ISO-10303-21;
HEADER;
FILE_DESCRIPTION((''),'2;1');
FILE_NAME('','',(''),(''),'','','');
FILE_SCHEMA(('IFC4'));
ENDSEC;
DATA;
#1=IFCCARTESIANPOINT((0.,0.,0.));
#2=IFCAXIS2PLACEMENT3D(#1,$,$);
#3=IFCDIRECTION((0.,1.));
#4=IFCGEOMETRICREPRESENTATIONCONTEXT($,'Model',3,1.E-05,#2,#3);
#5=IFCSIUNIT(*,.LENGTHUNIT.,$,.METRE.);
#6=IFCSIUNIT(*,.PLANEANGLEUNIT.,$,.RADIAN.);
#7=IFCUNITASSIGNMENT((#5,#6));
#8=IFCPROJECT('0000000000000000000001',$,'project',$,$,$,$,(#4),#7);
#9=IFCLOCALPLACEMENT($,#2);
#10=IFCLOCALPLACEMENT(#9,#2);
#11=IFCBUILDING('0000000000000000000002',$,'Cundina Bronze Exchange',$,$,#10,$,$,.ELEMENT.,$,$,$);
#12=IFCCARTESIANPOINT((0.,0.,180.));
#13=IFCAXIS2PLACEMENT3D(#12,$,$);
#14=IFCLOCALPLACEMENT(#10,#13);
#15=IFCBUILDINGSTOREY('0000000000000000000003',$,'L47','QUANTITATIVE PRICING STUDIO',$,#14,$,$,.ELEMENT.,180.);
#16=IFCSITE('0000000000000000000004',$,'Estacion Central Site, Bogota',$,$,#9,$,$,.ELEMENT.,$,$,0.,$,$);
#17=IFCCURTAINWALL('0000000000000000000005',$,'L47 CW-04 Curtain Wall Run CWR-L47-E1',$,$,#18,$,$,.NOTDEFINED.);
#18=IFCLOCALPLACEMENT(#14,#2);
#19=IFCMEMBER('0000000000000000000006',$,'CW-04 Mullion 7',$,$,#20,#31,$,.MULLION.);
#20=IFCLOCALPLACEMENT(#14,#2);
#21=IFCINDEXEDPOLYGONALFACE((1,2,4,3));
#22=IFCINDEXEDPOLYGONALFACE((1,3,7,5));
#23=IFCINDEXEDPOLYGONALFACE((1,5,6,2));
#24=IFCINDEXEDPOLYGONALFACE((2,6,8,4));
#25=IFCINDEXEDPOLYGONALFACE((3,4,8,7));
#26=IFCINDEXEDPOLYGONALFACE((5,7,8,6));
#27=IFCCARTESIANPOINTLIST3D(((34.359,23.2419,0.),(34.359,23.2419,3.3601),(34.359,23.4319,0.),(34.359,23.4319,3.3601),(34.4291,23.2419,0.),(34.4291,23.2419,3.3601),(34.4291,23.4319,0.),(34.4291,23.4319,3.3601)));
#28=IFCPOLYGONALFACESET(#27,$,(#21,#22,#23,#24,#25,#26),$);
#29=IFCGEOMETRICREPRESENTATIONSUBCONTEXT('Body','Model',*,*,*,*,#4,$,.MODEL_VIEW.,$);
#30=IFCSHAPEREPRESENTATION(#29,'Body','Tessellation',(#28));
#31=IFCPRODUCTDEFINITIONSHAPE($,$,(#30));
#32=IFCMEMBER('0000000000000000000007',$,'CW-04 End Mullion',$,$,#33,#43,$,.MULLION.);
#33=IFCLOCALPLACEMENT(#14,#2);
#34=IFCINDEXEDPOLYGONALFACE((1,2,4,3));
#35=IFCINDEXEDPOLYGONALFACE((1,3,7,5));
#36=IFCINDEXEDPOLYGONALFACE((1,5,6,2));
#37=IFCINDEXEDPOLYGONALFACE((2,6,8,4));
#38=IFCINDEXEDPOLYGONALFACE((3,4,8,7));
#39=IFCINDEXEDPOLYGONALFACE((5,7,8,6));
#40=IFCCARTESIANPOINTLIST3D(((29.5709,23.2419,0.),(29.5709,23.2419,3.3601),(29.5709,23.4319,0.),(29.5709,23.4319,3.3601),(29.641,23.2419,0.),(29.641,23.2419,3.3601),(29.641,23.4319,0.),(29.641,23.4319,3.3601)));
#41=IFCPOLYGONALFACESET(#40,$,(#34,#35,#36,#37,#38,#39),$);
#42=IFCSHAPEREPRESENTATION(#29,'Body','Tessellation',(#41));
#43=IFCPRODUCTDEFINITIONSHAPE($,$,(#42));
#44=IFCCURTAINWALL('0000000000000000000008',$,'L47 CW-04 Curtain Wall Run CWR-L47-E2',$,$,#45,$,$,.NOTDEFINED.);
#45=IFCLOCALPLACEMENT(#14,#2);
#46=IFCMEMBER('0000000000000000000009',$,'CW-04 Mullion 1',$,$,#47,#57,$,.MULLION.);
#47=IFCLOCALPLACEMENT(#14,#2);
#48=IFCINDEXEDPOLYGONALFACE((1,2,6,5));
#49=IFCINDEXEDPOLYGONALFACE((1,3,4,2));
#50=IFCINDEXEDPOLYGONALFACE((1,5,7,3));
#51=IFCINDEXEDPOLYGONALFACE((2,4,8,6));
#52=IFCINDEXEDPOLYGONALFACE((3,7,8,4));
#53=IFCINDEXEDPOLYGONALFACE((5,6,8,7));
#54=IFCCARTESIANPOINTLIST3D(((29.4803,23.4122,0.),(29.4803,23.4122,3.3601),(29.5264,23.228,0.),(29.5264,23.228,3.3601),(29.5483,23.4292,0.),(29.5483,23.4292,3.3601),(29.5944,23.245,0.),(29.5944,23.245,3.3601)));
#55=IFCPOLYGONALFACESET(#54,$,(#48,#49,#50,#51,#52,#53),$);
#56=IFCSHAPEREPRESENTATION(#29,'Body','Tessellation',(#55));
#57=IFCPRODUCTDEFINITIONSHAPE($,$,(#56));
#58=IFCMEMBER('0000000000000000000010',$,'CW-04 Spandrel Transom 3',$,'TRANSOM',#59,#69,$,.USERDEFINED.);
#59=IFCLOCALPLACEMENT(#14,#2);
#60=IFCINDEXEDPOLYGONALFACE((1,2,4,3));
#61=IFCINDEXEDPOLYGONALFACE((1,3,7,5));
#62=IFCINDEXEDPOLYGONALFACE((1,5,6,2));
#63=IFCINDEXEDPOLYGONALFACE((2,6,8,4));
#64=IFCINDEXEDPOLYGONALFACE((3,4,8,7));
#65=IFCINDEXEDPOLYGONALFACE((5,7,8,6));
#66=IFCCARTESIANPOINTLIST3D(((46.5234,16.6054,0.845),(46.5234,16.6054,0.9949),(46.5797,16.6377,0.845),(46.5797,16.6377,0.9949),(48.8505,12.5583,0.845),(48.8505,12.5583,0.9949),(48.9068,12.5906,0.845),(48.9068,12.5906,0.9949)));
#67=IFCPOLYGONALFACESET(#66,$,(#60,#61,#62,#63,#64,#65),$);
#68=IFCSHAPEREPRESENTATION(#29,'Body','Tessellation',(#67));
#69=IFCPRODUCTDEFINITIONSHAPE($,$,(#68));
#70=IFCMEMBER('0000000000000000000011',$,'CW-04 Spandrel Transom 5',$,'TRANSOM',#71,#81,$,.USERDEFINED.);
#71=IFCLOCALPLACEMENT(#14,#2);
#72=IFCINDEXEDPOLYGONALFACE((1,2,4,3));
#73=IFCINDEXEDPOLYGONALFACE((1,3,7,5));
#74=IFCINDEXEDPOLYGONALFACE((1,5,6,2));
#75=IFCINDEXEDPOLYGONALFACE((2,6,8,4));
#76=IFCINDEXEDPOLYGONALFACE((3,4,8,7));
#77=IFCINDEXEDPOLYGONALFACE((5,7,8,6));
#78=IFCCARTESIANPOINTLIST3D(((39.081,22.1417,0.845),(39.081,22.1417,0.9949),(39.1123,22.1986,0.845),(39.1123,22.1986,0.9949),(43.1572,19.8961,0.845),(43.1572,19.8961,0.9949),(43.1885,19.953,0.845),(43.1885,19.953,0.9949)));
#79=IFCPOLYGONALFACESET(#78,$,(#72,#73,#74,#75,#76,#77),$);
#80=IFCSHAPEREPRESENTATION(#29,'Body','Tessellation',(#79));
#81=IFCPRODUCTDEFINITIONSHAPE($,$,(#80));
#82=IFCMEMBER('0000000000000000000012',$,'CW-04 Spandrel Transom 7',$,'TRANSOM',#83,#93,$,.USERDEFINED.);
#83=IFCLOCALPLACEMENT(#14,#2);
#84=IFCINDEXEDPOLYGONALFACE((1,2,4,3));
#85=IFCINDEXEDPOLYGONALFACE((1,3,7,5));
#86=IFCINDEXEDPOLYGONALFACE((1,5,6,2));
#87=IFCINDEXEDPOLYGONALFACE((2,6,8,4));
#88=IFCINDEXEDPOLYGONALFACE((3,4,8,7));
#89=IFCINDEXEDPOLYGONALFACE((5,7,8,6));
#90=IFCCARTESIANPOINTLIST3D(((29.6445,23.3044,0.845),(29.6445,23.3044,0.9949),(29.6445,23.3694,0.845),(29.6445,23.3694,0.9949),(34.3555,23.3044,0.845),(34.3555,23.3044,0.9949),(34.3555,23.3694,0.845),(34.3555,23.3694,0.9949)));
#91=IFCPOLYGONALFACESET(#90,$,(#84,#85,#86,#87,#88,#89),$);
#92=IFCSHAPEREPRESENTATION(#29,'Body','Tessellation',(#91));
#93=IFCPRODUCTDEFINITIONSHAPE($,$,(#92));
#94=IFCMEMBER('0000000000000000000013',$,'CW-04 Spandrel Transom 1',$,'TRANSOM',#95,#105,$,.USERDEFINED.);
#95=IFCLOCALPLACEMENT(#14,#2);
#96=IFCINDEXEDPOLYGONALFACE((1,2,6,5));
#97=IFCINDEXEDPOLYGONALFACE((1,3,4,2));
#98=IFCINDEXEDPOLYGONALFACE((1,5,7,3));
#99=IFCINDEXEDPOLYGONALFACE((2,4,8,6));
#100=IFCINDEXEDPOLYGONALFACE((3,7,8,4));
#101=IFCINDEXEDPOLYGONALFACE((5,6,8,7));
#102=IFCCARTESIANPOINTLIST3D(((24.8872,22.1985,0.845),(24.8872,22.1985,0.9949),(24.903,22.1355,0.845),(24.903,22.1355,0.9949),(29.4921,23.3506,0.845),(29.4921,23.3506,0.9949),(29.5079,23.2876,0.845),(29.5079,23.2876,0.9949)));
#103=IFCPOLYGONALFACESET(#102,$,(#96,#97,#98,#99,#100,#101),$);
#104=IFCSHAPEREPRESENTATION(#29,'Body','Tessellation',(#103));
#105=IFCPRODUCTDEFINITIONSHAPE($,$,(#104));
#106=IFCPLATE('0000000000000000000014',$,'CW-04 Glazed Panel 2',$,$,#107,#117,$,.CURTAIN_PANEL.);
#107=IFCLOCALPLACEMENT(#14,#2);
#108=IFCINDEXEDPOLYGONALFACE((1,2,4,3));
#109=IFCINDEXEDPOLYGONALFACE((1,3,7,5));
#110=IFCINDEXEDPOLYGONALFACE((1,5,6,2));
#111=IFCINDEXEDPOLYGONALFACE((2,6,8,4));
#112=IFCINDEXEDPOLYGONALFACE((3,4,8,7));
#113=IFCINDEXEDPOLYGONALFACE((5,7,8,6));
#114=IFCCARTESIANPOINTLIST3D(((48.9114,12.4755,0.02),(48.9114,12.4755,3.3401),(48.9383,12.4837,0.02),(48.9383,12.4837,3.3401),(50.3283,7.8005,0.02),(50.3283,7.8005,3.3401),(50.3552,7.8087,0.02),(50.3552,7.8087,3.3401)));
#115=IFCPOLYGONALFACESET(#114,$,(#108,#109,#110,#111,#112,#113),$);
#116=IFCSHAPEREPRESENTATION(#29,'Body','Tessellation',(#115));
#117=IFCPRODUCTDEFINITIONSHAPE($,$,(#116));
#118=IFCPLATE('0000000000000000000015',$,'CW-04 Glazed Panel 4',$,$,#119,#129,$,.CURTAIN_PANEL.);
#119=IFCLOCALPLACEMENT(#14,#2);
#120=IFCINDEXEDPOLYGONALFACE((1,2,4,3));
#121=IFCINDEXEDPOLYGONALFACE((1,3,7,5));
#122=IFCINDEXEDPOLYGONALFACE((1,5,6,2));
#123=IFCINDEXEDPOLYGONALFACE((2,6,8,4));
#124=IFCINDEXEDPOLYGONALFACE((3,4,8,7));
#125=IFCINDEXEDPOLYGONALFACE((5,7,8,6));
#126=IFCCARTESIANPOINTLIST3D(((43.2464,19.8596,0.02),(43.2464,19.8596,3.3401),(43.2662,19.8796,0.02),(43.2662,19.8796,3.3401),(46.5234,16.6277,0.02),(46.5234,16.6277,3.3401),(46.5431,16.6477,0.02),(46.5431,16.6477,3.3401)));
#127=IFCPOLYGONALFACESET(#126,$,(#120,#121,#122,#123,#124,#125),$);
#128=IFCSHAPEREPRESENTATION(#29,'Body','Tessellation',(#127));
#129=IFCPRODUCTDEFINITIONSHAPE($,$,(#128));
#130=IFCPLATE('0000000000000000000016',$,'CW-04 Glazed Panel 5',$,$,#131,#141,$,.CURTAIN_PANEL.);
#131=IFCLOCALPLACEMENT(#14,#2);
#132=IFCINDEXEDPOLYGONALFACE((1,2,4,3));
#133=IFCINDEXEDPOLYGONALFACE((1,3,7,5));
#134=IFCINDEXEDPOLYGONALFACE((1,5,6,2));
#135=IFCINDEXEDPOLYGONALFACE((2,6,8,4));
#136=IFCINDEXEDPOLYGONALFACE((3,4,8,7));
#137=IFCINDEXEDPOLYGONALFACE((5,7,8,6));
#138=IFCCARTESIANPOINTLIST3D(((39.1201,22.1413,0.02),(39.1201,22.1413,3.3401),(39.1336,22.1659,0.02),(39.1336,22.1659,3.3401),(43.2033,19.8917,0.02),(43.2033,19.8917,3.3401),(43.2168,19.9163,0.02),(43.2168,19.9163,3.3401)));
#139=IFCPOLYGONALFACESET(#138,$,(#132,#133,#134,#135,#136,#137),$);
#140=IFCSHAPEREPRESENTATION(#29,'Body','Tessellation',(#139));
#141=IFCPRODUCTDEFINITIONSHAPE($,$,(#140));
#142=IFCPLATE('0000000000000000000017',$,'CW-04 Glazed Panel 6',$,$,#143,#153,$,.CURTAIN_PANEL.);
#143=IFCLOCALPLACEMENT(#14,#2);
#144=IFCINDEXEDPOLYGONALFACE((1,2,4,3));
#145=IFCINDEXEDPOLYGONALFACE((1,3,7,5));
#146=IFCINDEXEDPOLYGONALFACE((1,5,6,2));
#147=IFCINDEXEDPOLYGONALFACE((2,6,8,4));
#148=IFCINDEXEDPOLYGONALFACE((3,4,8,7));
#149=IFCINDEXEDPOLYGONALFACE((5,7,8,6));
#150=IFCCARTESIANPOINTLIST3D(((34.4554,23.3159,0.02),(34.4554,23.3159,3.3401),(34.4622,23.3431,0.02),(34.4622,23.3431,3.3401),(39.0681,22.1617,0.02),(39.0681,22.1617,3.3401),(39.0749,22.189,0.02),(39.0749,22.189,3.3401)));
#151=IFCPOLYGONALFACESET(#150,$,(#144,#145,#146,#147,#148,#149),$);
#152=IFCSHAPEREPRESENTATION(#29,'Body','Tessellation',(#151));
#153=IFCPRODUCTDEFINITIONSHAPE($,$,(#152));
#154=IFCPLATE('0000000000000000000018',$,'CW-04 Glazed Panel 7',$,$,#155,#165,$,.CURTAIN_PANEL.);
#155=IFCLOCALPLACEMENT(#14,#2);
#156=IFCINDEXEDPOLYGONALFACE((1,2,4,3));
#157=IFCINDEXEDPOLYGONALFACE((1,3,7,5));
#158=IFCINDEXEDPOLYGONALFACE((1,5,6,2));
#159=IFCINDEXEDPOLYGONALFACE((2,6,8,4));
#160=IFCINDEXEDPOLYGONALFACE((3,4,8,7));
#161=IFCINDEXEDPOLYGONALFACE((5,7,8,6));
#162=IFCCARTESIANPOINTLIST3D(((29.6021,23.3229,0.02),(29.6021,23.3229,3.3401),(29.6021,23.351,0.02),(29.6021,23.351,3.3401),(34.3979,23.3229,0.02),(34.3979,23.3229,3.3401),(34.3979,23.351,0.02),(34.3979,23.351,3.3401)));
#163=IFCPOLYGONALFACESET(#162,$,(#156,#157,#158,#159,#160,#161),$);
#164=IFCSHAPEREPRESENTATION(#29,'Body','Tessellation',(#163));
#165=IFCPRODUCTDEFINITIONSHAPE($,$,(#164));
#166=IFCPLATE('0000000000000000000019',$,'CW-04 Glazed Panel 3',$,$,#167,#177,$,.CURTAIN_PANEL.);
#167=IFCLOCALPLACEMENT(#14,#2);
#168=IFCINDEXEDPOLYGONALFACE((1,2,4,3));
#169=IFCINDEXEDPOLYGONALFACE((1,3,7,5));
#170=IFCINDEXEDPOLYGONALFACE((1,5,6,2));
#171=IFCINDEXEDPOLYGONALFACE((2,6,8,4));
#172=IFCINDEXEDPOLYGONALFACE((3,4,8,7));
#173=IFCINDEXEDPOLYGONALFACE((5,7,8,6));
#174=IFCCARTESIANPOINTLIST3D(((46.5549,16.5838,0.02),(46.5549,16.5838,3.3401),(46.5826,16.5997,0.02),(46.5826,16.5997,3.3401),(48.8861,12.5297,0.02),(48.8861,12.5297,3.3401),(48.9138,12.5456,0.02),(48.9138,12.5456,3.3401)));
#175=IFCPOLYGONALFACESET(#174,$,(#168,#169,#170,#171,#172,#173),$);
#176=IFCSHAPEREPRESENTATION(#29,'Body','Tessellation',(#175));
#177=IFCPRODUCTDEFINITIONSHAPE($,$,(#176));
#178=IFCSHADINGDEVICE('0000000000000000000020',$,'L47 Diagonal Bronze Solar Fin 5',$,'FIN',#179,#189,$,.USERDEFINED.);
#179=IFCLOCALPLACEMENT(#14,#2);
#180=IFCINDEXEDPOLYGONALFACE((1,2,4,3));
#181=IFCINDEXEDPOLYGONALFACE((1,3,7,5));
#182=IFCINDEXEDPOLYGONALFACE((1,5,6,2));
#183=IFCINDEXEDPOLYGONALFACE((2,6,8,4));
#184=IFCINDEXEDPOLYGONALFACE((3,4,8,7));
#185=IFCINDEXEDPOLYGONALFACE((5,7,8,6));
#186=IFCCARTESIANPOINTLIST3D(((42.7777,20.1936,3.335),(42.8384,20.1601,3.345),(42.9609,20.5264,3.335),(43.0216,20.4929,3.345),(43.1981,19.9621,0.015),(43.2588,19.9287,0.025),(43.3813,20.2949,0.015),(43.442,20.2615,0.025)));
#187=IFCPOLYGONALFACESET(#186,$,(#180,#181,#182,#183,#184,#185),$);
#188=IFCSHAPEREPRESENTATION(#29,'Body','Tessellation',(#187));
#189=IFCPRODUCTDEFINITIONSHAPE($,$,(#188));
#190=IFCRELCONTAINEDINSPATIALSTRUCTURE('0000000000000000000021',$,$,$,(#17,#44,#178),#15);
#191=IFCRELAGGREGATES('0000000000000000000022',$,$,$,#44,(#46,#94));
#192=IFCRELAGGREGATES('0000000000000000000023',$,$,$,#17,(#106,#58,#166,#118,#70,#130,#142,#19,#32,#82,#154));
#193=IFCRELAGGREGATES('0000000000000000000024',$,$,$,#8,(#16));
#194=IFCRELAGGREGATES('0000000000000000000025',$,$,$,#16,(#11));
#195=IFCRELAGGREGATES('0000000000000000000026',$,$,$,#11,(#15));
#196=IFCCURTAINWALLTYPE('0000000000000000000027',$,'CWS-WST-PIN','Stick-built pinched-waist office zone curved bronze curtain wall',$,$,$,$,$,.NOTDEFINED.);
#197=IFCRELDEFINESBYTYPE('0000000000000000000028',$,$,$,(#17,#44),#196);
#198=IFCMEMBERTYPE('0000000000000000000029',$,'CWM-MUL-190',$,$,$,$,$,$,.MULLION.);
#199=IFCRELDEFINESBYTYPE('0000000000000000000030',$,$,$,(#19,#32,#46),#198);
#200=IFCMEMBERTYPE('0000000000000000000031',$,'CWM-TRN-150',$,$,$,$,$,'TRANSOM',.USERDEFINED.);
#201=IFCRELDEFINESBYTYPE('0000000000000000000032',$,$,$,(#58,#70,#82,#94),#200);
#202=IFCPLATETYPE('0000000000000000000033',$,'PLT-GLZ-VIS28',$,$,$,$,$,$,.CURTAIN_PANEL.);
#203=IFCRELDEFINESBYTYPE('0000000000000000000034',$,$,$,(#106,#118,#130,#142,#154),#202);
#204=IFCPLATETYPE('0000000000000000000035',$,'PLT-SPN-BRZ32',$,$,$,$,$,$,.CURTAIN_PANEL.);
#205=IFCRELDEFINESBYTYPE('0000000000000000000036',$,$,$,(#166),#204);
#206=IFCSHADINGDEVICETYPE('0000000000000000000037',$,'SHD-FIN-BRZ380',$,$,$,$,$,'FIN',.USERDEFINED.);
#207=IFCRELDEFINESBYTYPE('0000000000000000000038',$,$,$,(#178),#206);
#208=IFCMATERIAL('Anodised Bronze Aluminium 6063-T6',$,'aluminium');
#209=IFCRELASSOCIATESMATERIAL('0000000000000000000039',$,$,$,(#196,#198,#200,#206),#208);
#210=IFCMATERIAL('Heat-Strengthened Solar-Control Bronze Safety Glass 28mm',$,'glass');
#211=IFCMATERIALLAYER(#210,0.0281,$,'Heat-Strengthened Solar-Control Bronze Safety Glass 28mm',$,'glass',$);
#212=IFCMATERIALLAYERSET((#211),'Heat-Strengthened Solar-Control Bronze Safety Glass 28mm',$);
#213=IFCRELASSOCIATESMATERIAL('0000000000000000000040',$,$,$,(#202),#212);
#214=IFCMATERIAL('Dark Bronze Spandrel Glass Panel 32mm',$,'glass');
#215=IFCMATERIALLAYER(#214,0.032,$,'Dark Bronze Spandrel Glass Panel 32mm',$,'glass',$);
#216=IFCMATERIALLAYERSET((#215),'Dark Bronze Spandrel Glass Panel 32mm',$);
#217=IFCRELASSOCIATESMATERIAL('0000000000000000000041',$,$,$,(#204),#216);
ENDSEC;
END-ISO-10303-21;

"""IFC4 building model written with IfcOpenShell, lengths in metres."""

from ifc_helpers import new_model, si_unit, direction, frame, origin, origin_2d, place, context, subcontext, project, spatial, rectangle, extrude, material, layer, layer_set, material_profile, profile_set, type_object, element, aggregate, save


model = new_model("IFC4")

# Units and contexts
model_context = context("Model", 3, precision=1e-05, world=origin(), true_north=direction((0.0, 1.0)))
body_context = subcontext(model_context, "Body", "Model", "MODEL_VIEW")
ifc_project = project(units=[si_unit("LENGTHUNIT", "METRE"), si_unit("PLANEANGLEUNIT", "RADIAN")], contexts=[model_context])

# Site, building, storey
site_placement = place(None, origin())
site = spatial("IfcSite", under=ifc_project, at=site_placement, Name="Estacion Central Site, Bogota", CompositionType="ELEMENT", RefElevation=0.0)
building_placement = place(site_placement, origin())
building = spatial("IfcBuilding", under=site, at=building_placement, Name="Cundina Bronze Exchange", CompositionType="ELEMENT")
storey_placement = place(building_placement, frame((0.0, 0.0, 180.0)))
storey = spatial("IfcBuildingStorey", under=building, at=storey_placement, Name="L47", Description="QUANTITATIVE PRICING STUDIO", CompositionType="ELEMENT", Elevation=180.0)

# Curtain wall, members
ifc_material_1 = material(Name="Anodised Bronze Aluminium 6063-T6", Category="aluminium")
curtain_wall_type = type_object("IfcCurtainWallType", Name="CWS-WST-PIN", Description="Stick-built pinched-waist office zone curved bronze curtain wall", PredefinedType="NOTDEFINED", material=ifc_material_1)
curtain_wall_1_placement = place(storey_placement, origin())
curtain_wall_1 = element("IfcCurtainWall", 1, at=curtain_wall_1_placement, inside=storey, type_object=curtain_wall_type, Name="L47 CW-04 Curtain Wall Run CWR-L47-E1", PredefinedType="NOTDEFINED")
ifc_material_profile_1 = material_profile(ifc_material_1, rectangle(XDim=0.0701, YDim=0.1899, at=origin_2d()), Name="AL70X190", Category="aluminium")
ifc_profile_set_1 = profile_set([ifc_material_profile_1], Name="Anodised Bronze Aluminium 6063-T6")
member_type_1 = type_object("IfcMemberType", Name="CWM-MUL-190", PredefinedType="MULLION", material=ifc_profile_set_1)
member_1_placement = place(storey_placement, frame((34.394, 23.3369, 0.0), z_axis=(0.0, 0.0, 1.0), x_axis=(-1.0, 0.0, 0.0)))
member_1 = element("IfcMember", 2, at=member_1_placement, type_object=member_type_1, Name="CW-04 Mullion 7", PredefinedType="MULLION", context=body_context, shape_type="SweptSolid", body=[
    extrude(rectangle(XDim=0.0701, YDim=0.1899, at=origin_2d()), origin(), (0.0, 0.0, 1.0), 3.3601),
])
member_2_placement = place(storey_placement, frame((29.606, 23.3369, 0.0), z_axis=(0.0, 0.0, 1.0), x_axis=(-1.0, 0.0, 0.0)))
member_2 = element("IfcMember", 3, at=member_2_placement, type_object=member_type_1, Name="CW-04 End Mullion", PredefinedType="MULLION", context=body_context, shape_type="SweptSolid", body=[
    extrude(rectangle(XDim=0.0701, YDim=0.1899, at=origin_2d()), origin(), (0.0, 0.0, 1.0), 3.3601),
])

# Curtain wall, member
curtain_wall_2_placement = place(storey_placement, origin())
curtain_wall_2 = element("IfcCurtainWall", 4, at=curtain_wall_2_placement, inside=storey, type_object=curtain_wall_type, Name="L47 CW-04 Curtain Wall Run CWR-L47-E2", PredefinedType="NOTDEFINED")
member_3_placement = place(storey_placement, frame((29.5374, 23.3286, 0.0), z_axis=(0.0, 0.0, 1.0), x_axis=(-0.970084, -0.242769, 0.0)))
member_3 = element("IfcMember", 5, at=member_3_placement, type_object=member_type_1, Name="CW-04 Mullion 1", PredefinedType="MULLION", context=body_context, shape_type="SweptSolid", body=[
    extrude(rectangle(XDim=0.0701, YDim=0.1899, at=origin_2d()), origin(), (0.0, 0.0, 1.0), 3.3601),
])

# Members
ifc_material_profile_2 = material_profile(ifc_material_1, rectangle(XDim=0.0649, YDim=0.1499, at=origin_2d()), Name="AL65X150", Category="aluminium")
ifc_profile_set_2 = profile_set([ifc_material_profile_2], Name="Anodised Bronze Aluminium 6063-T6")
member_type_2 = type_object("IfcMemberType", Name="CWM-TRN-150", ElementType="TRANSOM", PredefinedType="USERDEFINED", material=ifc_profile_set_2)
member_4_placement = place(storey_placement, frame((48.8787, 12.5745, 0.9199), z_axis=(-0.49848, 0.866901, 0.0), x_axis=(-0.866901, -0.49848, 0.0)))
member_4 = element("IfcMember", 6, at=member_4_placement, type_object=member_type_2, Name="CW-04 Spandrel Transom 3", ObjectType="TRANSOM", PredefinedType="USERDEFINED", context=body_context, shape_type="SweptSolid", body=[
    extrude(rectangle(XDim=0.0649, YDim=0.1499, at=origin_2d()), origin(), (0.0, 0.0, 1.0), 4.6685),
])
member_5_placement = place(storey_placement, frame((43.1729, 19.9246, 0.9199), z_axis=(-0.875879, 0.482531, 0.0), x_axis=(-0.482531, -0.875879, 0.0)))
member_5 = element("IfcMember", 7, at=member_5_placement, type_object=member_type_2, Name="CW-04 Spandrel Transom 5", ObjectType="TRANSOM", PredefinedType="USERDEFINED", context=body_context, shape_type="SweptSolid", body=[
    extrude(rectangle(XDim=0.0649, YDim=0.1499, at=origin_2d()), origin(), (0.0, 0.0, 1.0), 4.6538),
])
member_6_placement = place(storey_placement, frame((34.3555, 23.3369, 0.9199), z_axis=(-1.0, 0.0, 0.0), x_axis=(0.0, -1.0, 0.0)))
member_6 = element("IfcMember", 8, at=member_6_placement, type_object=member_type_2, Name="CW-04 Spandrel Transom 7", ObjectType="TRANSOM", PredefinedType="USERDEFINED", context=body_context, shape_type="SweptSolid", body=[
    extrude(rectangle(XDim=0.0649, YDim=0.1499, at=origin_2d()), origin(), (0.0, 0.0, 1.0), 4.7109),
])
member_7_placement = place(storey_placement, frame((29.5, 23.3191, 0.9199), z_axis=(-0.9701, -0.242705, 0.0), x_axis=(0.242705, -0.9701, 0.0)))
member_7 = element("IfcMember", 9, at=member_7_placement, type_object=member_type_2, Name="CW-04 Spandrel Transom 1", ObjectType="TRANSOM", PredefinedType="USERDEFINED", context=body_context, shape_type="SweptSolid", body=[
    extrude(rectangle(XDim=0.0649, YDim=0.1499, at=origin_2d()), origin(), (0.0, 0.0, 1.0), 4.7468),
])
aggregate(curtain_wall_2, [member_3, member_7])

# Plates
ifc_material_2 = material(Name="Heat-Strengthened Solar-Control Bronze Safety Glass 28mm", Category="glass")
ifc_layer_1 = layer(ifc_material_2, 0.0281, Name="Heat-Strengthened Solar-Control Bronze Safety Glass 28mm", Category="glass")
ifc_layer_set_1 = layer_set([ifc_layer_1], Name="Heat-Strengthened Solar-Control Bronze Safety Glass 28mm")
plate_type_1 = type_object("IfcPlateType", Name="PLT-GLZ-VIS28", PredefinedType="CURTAIN_PANEL", material=ifc_layer_set_1)
plate_1_placement = place(storey_placement, frame((49.6333, 10.1421, 0.02), z_axis=(0.0, 0.0, 1.0), x_axis=(-0.290051, 0.957011, 0.0)))
plate_1 = element("IfcPlate", 10, at=plate_1_placement, type_object=plate_type_1, Name="CW-04 Glazed Panel 2", PredefinedType="CURTAIN_PANEL", context=body_context, shape_type="SweptSolid", body=[
    extrude(rectangle(XDim=4.885, YDim=0.0281, at=origin_2d()), origin(), (0.0, 0.0, 1.0), 3.3201),
])
plate_2_placement = place(storey_placement, frame((44.8948, 18.2537, 0.02), z_axis=(0.0, 0.0, 1.0), x_axis=(-0.711989, 0.70219, 0.0)))
plate_2 = element("IfcPlate", 11, at=plate_2_placement, type_object=plate_type_1, Name="CW-04 Glazed Panel 4", PredefinedType="CURTAIN_PANEL", context=body_context, shape_type="SweptSolid", body=[
    extrude(rectangle(XDim=4.6025, YDim=0.0281, at=origin_2d()), origin(), (0.0, 0.0, 1.0), 3.3201),
])
plate_3_placement = place(storey_placement, frame((41.1685, 21.0288, 0.02), z_axis=(0.0, 0.0, 1.0), x_axis=(-0.875869, 0.482549, 0.0)))
plate_3 = element("IfcPlate", 12, at=plate_3_placement, type_object=plate_type_1, Name="CW-04 Glazed Panel 5", PredefinedType="CURTAIN_PANEL", context=body_context, shape_type="SweptSolid", body=[
    extrude(rectangle(XDim=4.6619, YDim=0.0281, at=origin_2d()), origin(), (0.0, 0.0, 1.0), 3.3201),
])
plate_4_placement = place(storey_placement, frame((36.7651, 22.7524, 0.02), z_axis=(0.0, 0.0, 1.0), x_axis=(-0.970093, 0.242735, 0.0)))
plate_4 = element("IfcPlate", 13, at=plate_4_placement, type_object=plate_type_1, Name="CW-04 Glazed Panel 6", PredefinedType="CURTAIN_PANEL", context=body_context, shape_type="SweptSolid", body=[
    extrude(rectangle(XDim=4.7549, YDim=0.0281, at=origin_2d()), origin(), (0.0, 0.0, 1.0), 3.3201),
])
plate_5_placement = place(storey_placement, frame((32.0, 23.3369, 0.02), z_axis=(0.0, 0.0, 1.0), x_axis=(-1.0, 0.0, 0.0)))
plate_5 = element("IfcPlate", 14, at=plate_5_placement, type_object=plate_type_1, Name="CW-04 Glazed Panel 7", PredefinedType="CURTAIN_PANEL", context=body_context, shape_type="SweptSolid", body=[
    extrude(rectangle(XDim=4.7959, YDim=0.0281, at=origin_2d()), origin(), (0.0, 0.0, 1.0), 3.3201),
])
ifc_material_3 = material(Name="Dark Bronze Spandrel Glass Panel 32mm", Category="glass")
ifc_layer_2 = layer(ifc_material_3, 0.032, Name="Dark Bronze Spandrel Glass Panel 32mm", Category="glass")
ifc_layer_set_2 = layer_set([ifc_layer_2], Name="Dark Bronze Spandrel Glass Panel 32mm")
plate_type_2 = type_object("IfcPlateType", Name="PLT-SPN-BRZ32", PredefinedType="CURTAIN_PANEL", material=ifc_layer_set_2)
plate_6_placement = place(storey_placement, frame((47.7344, 14.5647, 0.02), z_axis=(0.0, 0.0, 1.0), x_axis=(-0.498488, 0.866897, 0.0)))
plate_6 = element("IfcPlate", 15, at=plate_6_placement, type_object=plate_type_2, Name="CW-04 Glazed Panel 3", PredefinedType="CURTAIN_PANEL", context=body_context, shape_type="SweptSolid", body=[
    extrude(rectangle(XDim=4.6765, YDim=0.032, at=origin_2d()), origin(), (0.0, 0.0, 1.0), 3.3201),
])
aggregate(curtain_wall_1, [plate_1, member_4, plate_6, plate_2, member_5, plate_3, plate_4, member_1, member_2, member_6, plate_5])

# Shading device
ifc_material_profile_3 = material_profile(ifc_material_1, rectangle(XDim=0.0701, YDim=0.3799, at=origin_2d()), Name="FIN70X380", Category="aluminium")
ifc_profile_set_3 = profile_set([ifc_material_profile_3], Name="Anodised Bronze Aluminium 6063-T6")
shading_device_type = type_object("IfcShadingDeviceType", Name="SHD-FIN-BRZ380", ElementType="FIN", PredefinedType="USERDEFINED", material=ifc_profile_set_3)
for number, where, z_axis, x_axis, name in (
    (16, (43.3201, 20.1118, 0.02), (-0.125324, 0.068994, 0.989714), (0.867012, -0.47731, 0.143061), "L47 Diagonal Bronze Solar Fin 5"),
):
    element("IfcShadingDevice", number, at=place(storey_placement, frame(where, z_axis=z_axis, x_axis=x_axis)), inside=storey, type_object=shading_device_type, Name=name, ObjectType="FIN", PredefinedType="USERDEFINED", context=body_context, shape_type="SweptSolid", body=[
        extrude(rectangle(XDim=0.0701, YDim=0.3799, at=origin_2d()), origin(), (0.0, 0.0, 1.0), 3.3545),
    ])

save(model, "model.ifc")
